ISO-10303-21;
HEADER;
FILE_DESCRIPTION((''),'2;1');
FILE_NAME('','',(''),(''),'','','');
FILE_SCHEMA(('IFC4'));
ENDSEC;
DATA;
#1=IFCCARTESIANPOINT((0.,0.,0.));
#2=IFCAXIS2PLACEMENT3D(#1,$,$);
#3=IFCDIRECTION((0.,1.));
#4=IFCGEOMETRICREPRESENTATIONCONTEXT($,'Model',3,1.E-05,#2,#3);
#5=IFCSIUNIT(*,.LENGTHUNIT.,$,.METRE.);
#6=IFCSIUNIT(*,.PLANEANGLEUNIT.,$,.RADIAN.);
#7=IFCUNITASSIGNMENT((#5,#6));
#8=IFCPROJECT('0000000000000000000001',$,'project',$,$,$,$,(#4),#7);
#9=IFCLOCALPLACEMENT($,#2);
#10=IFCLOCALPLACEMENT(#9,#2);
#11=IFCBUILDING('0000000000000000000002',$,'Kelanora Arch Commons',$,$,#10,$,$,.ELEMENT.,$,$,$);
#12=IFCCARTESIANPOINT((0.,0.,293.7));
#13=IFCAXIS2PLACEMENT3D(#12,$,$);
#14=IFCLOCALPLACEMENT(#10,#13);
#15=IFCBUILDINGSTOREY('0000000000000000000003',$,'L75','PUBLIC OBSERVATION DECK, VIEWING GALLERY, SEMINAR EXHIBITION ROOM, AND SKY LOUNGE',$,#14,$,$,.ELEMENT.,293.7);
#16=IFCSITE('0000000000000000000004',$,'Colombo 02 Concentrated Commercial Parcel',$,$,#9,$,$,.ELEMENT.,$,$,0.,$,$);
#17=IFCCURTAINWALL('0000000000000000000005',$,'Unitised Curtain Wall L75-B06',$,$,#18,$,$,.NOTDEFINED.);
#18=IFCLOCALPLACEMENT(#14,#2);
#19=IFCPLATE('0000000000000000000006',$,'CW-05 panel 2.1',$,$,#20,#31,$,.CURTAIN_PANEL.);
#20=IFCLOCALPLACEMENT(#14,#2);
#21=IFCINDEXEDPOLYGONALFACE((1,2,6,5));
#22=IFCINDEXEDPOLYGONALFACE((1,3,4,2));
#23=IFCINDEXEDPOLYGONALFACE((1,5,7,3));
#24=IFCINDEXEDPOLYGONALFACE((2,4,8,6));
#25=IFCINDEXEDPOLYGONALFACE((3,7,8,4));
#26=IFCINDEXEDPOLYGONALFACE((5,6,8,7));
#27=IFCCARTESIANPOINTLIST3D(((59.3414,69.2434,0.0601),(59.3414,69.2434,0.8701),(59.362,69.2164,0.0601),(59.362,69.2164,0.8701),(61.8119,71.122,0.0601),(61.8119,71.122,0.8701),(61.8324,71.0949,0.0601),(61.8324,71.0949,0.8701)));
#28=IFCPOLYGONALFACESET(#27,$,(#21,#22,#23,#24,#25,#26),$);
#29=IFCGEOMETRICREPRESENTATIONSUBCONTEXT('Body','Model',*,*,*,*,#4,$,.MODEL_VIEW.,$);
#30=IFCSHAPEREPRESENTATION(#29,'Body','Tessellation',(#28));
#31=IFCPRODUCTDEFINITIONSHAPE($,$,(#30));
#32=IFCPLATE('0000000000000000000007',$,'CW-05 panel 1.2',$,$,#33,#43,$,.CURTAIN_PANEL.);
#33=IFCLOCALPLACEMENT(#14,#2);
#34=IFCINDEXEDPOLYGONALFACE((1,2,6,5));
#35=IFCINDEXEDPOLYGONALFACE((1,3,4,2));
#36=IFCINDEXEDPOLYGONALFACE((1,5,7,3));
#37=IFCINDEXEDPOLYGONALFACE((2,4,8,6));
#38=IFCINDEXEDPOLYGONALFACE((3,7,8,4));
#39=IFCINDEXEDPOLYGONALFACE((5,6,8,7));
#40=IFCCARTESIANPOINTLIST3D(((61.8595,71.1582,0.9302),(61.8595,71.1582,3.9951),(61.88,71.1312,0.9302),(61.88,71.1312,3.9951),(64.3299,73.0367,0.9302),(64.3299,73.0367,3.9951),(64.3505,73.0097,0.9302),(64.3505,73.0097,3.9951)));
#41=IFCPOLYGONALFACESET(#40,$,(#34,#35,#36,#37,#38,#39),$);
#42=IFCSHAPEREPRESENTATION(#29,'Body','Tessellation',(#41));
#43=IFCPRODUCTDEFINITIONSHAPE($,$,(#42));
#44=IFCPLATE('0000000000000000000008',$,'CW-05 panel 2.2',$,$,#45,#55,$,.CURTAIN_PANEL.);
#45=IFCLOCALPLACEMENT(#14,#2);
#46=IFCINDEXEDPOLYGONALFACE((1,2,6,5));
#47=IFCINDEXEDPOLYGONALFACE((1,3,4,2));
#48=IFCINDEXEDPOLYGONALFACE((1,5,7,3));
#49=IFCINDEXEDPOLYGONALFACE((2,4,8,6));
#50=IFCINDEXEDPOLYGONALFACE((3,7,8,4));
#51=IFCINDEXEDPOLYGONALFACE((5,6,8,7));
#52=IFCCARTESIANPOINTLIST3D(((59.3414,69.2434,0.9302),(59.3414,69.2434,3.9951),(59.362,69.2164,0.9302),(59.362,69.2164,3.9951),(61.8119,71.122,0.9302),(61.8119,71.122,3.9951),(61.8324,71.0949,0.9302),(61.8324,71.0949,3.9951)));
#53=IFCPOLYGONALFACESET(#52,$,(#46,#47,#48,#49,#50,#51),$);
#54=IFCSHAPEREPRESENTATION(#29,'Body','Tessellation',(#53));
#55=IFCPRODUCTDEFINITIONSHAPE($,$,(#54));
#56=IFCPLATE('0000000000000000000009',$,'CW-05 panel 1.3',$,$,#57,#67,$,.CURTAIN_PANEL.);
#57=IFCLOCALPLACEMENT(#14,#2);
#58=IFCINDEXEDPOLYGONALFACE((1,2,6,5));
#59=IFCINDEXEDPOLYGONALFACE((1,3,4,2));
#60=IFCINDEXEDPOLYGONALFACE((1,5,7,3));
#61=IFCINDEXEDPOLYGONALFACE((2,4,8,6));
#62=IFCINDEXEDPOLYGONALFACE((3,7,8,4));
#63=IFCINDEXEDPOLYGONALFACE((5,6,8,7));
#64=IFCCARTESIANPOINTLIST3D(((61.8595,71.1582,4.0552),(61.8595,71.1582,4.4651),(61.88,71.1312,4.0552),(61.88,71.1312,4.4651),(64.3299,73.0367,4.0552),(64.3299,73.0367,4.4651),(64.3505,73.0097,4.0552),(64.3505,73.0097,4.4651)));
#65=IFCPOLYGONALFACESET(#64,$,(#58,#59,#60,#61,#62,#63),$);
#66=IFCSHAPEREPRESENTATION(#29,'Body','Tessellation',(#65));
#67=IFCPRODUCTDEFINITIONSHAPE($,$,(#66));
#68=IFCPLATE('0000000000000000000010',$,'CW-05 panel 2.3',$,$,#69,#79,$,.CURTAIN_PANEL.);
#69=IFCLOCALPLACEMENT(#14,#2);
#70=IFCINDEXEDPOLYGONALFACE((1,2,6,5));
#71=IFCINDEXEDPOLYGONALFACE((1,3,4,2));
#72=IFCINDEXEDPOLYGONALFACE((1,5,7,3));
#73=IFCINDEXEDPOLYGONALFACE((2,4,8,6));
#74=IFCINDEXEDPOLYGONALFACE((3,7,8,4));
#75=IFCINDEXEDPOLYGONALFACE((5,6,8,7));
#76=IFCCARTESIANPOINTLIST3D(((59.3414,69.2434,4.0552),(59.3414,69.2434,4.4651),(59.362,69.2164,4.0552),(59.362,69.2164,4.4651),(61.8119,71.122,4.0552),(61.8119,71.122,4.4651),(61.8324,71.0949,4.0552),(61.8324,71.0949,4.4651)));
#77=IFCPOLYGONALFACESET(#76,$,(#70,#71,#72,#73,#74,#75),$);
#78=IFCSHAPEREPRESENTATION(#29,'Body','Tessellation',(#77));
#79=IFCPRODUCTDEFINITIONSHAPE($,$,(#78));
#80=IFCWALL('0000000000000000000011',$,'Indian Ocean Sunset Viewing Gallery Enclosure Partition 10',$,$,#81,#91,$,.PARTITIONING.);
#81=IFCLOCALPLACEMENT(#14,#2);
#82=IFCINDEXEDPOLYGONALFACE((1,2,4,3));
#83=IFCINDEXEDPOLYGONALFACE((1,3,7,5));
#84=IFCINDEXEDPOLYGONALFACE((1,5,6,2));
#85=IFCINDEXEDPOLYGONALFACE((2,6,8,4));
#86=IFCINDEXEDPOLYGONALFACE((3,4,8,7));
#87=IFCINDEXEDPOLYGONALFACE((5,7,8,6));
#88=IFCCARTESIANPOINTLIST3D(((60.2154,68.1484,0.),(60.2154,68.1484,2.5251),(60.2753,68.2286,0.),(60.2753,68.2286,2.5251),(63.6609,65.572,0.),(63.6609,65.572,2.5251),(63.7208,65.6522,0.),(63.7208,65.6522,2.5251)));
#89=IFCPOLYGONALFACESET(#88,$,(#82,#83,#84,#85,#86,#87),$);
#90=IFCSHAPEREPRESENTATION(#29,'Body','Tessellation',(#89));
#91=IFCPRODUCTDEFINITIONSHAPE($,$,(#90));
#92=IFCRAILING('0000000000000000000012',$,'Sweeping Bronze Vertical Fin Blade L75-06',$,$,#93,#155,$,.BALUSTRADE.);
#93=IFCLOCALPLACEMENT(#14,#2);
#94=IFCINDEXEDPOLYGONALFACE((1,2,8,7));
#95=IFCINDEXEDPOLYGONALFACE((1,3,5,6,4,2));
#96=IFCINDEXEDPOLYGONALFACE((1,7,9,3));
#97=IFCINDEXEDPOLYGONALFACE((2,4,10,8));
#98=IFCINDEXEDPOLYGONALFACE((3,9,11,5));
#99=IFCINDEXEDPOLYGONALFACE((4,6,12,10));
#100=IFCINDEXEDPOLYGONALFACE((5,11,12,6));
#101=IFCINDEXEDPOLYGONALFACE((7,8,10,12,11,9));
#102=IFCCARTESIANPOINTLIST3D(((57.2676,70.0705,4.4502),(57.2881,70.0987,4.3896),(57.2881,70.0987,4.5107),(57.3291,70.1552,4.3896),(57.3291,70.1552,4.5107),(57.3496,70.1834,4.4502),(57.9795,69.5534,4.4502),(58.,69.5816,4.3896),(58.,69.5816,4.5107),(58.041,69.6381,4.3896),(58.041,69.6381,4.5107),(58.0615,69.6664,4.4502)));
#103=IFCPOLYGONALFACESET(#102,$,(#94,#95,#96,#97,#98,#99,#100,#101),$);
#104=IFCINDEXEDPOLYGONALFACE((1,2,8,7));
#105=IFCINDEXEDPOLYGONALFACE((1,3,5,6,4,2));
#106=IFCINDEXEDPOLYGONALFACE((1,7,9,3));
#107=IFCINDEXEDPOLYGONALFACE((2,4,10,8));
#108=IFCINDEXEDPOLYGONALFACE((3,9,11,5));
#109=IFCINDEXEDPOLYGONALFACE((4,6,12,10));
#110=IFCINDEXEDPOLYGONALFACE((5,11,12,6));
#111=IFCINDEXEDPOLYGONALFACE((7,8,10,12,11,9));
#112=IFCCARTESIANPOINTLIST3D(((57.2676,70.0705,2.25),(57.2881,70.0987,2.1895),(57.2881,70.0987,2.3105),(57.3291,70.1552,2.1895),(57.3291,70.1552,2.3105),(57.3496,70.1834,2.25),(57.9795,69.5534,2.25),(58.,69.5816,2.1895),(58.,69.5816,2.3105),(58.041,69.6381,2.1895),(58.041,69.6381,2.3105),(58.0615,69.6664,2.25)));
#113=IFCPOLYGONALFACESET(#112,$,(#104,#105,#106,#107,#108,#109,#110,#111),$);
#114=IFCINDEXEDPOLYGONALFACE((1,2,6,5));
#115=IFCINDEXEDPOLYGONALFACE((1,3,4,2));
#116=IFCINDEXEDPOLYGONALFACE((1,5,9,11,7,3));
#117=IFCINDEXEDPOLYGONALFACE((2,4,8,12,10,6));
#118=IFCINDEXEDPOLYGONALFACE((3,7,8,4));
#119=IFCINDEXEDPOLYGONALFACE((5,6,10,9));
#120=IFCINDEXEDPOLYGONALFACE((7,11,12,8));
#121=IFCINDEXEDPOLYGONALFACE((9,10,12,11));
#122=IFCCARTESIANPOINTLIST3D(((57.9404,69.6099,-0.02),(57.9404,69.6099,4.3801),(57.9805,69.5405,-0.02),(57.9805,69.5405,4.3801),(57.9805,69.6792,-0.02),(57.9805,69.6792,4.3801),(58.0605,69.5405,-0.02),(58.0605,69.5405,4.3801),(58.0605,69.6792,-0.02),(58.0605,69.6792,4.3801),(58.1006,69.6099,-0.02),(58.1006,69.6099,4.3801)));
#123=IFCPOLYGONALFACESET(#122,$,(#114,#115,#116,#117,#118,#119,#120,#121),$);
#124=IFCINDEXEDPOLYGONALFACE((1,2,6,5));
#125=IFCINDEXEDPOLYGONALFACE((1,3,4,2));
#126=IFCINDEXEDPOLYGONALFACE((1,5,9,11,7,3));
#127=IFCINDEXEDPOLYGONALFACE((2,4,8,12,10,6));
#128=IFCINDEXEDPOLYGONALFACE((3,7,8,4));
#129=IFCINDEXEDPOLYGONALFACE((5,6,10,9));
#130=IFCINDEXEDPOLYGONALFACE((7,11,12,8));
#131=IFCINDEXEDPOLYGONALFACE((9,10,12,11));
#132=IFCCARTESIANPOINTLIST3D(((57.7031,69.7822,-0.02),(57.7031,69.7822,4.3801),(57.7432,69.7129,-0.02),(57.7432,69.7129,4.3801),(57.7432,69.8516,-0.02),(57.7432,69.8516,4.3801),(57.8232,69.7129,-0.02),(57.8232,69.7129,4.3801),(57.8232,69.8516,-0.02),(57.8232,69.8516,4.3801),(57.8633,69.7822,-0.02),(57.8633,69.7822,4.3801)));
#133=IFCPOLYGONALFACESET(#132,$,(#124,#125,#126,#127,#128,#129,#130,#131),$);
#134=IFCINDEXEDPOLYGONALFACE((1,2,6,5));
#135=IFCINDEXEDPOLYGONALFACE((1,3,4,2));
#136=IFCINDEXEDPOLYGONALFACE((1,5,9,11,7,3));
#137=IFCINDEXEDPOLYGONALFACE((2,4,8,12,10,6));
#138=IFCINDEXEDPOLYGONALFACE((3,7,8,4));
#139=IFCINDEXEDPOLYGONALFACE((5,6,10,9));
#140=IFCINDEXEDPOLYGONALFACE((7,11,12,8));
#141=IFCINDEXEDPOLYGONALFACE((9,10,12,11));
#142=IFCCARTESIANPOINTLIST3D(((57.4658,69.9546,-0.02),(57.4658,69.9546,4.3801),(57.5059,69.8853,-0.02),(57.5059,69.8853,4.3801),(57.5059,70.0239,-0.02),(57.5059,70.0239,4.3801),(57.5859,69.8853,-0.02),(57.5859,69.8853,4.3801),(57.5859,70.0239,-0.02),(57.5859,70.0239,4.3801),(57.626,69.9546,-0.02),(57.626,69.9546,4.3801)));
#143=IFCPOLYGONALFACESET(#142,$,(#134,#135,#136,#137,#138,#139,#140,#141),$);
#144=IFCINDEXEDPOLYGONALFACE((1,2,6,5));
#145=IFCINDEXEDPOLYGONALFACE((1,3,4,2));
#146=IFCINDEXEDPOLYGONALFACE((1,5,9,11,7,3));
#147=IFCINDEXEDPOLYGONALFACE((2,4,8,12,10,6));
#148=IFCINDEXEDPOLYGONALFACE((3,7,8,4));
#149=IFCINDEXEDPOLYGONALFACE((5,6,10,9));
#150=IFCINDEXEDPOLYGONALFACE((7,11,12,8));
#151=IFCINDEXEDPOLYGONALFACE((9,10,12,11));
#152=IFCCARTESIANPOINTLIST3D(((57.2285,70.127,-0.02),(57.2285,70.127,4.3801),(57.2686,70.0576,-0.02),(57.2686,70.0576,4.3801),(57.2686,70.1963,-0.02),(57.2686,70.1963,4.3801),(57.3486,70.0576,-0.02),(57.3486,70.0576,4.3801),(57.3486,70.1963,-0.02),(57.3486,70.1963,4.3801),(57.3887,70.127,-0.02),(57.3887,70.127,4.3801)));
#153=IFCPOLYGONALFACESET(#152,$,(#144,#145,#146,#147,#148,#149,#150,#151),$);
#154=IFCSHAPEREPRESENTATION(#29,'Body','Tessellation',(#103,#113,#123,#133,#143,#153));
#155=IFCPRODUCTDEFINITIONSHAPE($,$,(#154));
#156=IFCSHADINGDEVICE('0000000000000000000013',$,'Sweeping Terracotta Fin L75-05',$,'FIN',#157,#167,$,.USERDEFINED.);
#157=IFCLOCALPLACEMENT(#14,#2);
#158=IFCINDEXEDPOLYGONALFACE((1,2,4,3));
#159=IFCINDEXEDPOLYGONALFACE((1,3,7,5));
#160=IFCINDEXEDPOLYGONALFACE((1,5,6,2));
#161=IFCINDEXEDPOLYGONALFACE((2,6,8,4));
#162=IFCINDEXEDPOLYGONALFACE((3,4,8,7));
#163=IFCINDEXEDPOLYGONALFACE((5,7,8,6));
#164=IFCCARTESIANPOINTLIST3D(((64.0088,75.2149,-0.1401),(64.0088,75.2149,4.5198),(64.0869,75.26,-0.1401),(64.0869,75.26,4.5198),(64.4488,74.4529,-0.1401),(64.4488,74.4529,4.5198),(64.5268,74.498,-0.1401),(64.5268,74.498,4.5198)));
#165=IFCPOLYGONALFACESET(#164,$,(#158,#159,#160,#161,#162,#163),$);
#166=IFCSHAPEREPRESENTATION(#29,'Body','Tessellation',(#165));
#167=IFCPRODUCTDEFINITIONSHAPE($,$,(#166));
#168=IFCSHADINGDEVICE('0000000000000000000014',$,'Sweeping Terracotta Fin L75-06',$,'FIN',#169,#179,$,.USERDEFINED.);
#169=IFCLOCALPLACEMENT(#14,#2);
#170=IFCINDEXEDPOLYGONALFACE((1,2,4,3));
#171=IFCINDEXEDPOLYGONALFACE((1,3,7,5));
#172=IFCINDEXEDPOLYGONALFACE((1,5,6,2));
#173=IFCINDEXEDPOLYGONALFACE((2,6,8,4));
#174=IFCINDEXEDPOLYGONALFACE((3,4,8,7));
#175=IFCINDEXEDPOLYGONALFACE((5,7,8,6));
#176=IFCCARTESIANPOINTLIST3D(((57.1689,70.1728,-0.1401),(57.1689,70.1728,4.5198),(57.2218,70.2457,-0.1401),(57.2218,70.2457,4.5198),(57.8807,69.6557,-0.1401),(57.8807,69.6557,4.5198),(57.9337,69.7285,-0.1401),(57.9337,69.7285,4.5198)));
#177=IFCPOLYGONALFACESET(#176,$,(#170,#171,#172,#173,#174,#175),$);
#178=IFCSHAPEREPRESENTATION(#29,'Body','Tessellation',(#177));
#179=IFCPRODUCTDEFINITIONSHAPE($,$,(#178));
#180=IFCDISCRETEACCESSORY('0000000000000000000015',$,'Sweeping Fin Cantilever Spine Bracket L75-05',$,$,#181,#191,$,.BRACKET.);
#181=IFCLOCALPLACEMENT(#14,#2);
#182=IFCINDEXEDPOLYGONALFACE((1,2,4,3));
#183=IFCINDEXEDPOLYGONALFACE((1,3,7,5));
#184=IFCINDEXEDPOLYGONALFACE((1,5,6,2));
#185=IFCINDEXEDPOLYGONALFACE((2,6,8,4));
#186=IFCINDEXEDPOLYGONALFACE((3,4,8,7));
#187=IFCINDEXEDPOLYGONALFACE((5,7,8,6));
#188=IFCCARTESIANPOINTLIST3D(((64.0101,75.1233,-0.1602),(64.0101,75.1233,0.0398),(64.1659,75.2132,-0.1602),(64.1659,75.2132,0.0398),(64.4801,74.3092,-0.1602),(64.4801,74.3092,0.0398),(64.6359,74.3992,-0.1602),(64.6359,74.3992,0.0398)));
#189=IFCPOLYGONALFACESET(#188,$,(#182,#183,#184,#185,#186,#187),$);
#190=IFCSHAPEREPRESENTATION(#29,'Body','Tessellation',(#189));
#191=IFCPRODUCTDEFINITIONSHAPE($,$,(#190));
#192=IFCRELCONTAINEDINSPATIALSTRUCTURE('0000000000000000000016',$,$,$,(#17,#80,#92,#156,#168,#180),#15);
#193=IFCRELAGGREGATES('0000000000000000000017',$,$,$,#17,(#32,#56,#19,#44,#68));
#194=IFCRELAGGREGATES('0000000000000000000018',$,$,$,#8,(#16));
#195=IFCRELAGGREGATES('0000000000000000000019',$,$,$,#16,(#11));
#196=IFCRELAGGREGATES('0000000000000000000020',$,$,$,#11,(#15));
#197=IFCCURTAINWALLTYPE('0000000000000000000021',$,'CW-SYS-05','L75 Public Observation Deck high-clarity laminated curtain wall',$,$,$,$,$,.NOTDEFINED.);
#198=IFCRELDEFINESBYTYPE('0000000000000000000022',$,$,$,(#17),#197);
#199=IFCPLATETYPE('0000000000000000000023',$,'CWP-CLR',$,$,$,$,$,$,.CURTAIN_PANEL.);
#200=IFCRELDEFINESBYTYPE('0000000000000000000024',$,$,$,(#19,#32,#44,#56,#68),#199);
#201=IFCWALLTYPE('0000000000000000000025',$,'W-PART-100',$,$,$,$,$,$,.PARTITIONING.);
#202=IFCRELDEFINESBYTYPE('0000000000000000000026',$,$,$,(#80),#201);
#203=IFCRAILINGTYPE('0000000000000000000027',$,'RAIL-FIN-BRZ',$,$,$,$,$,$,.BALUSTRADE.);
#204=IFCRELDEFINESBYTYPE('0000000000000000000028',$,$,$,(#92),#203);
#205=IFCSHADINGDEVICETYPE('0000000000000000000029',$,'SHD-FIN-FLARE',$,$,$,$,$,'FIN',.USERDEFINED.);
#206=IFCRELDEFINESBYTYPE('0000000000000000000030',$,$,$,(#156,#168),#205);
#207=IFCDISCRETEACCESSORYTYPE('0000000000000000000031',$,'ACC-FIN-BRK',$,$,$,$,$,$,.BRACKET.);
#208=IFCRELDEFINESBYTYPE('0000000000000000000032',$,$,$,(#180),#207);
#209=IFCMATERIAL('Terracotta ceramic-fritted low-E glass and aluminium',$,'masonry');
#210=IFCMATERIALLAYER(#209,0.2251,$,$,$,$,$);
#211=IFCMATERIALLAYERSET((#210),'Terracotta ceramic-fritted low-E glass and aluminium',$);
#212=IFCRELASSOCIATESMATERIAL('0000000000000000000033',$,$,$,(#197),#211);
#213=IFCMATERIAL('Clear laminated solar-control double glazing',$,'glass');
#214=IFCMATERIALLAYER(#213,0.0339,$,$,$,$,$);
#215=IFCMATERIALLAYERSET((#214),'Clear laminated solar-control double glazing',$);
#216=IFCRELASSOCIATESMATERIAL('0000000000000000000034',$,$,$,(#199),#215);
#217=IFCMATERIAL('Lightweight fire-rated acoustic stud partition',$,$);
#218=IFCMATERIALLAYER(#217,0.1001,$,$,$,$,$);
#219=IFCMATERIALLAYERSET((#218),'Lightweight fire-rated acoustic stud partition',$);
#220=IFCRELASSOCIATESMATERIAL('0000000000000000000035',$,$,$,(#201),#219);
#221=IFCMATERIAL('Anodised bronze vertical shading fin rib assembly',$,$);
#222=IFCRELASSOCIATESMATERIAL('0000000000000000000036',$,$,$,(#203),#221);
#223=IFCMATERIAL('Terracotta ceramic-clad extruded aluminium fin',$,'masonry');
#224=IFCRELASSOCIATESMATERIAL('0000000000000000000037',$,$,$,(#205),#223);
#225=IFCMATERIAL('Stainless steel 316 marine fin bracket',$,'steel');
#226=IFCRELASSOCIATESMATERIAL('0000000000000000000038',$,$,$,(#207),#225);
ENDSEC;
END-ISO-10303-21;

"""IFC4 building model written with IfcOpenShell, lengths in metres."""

from ifc_helpers import new_model, si_unit, direction, frame, frame_2d, origin, origin_2d, place, context, subcontext, project, spatial, polyline, rectangle, outline, extrude, source, transform, mapped, material, layer, layer_set, type_object, element, aggregate, save


model = new_model("IFC4")

# Units and contexts
model_context = context("Model", 3, precision=1e-05, world=origin(), true_north=direction((0.0, 1.0)))
body_context = subcontext(model_context, "Body", "Model", "MODEL_VIEW")
ifc_project = project(units=[si_unit("LENGTHUNIT", "METRE"), si_unit("PLANEANGLEUNIT", "RADIAN")], contexts=[model_context])

# Site, building, storey
site_placement = place(None, origin())
site = spatial("IfcSite", under=ifc_project, at=site_placement, Name="Colombo 02 Concentrated Commercial Parcel", CompositionType="ELEMENT", RefElevation=0.0)
building_placement = place(site_placement, origin())
building = spatial("IfcBuilding", under=site, at=building_placement, Name="Kelanora Arch Commons", CompositionType="ELEMENT")
storey_placement = place(building_placement, frame((0.0, 0.0, 293.7)))
storey = spatial("IfcBuildingStorey", under=building, at=storey_placement, Name="L75", Description="PUBLIC OBSERVATION DECK, VIEWING GALLERY, SEMINAR EXHIBITION ROOM, AND SKY LOUNGE", CompositionType="ELEMENT", Elevation=293.7)

# Curtain wall
ifc_material_1 = material(Name="Terracotta ceramic-fritted low-E glass and aluminium", Category="masonry")
ifc_layer_1 = layer(ifc_material_1, 0.2251)
ifc_layer_set_1 = layer_set([ifc_layer_1], Name="Terracotta ceramic-fritted low-E glass and aluminium")
curtain_wall_type = type_object("IfcCurtainWallType", Name="CW-SYS-05", Description="L75 Public Observation Deck high-clarity laminated curtain wall", PredefinedType="NOTDEFINED", material=ifc_layer_set_1)
curtain_wall_1_placement = place(storey_placement, origin())
curtain_wall_1 = element("IfcCurtainWall", 1, at=curtain_wall_1_placement, inside=storey, type_object=curtain_wall_type, Name="Unitised Curtain Wall L75-B06", PredefinedType="NOTDEFINED")

# Plates
ifc_material_2 = material(Name="Clear laminated solar-control double glazing", Category="glass")
ifc_layer_2 = layer(ifc_material_2, 0.0339)
ifc_layer_set_2 = layer_set([ifc_layer_2], Name="Clear laminated solar-control double glazing")
plate_type = type_object("IfcPlateType", Name="CWP-CLR", PredefinedType="CURTAIN_PANEL", material=ifc_layer_set_2)
shared_shape_1 = source(origin(), body_context, "Body", "SweptSolid", [
    extrude(rectangle(XDim=3.1035, YDim=0.0339, at=origin_2d()), origin(), (0.0, 0.0, 1.0), 0.8101),
])
plate_1_placement = place(storey_placement, frame((60.5869, 70.1692, 0.0601), z_axis=(0.0, 0.0, 1.0), x_axis=(-0.796009, -0.605285, 0.0)))
plate_1 = element("IfcPlate", 2, at=plate_1_placement, type_object=plate_type, Name="CW-05 panel 2.1", PredefinedType="CURTAIN_PANEL", context=body_context, shape_type="MappedRepresentation", body=[
    mapped(shared_shape_1, transform((0.0, 0.0, 0.0), scale=1.0)),
])
shared_shape_2 = source(origin(), body_context, "Body", "SweptSolid", [
    extrude(rectangle(XDim=3.1035, YDim=0.0339, at=origin_2d()), origin(), (0.0, 0.0, 1.0), 3.0649),
])
plate_2_placement = place(storey_placement, frame((63.105, 72.084, 0.9302), z_axis=(0.0, 0.0, 1.0), x_axis=(-0.796009, -0.605285, 0.0)))
plate_2 = element("IfcPlate", 3, at=plate_2_placement, type_object=plate_type, Name="CW-05 panel 1.2", PredefinedType="CURTAIN_PANEL", context=body_context, shape_type="MappedRepresentation", body=[
    mapped(shared_shape_2, transform((0.0, 0.0, 0.0), scale=1.0)),
])
plate_3_placement = place(storey_placement, frame((60.5869, 70.1692, 0.9302), z_axis=(0.0, 0.0, 1.0), x_axis=(-0.796009, -0.605285, 0.0)))
plate_3 = element("IfcPlate", 4, at=plate_3_placement, type_object=plate_type, Name="CW-05 panel 2.2", PredefinedType="CURTAIN_PANEL", context=body_context, shape_type="MappedRepresentation", body=[
    mapped(shared_shape_2, transform((0.0, 0.0, 0.0), scale=1.0)),
])
shared_shape_3 = source(origin(), body_context, "Body", "SweptSolid", [
    extrude(rectangle(XDim=3.1035, YDim=0.0339, at=origin_2d()), origin(), (0.0, 0.0, 1.0), 0.4099),
])
plate_4_placement = place(storey_placement, frame((63.105, 72.084, 4.0552), z_axis=(0.0, 0.0, 1.0), x_axis=(-0.796009, -0.605285, 0.0)))
plate_4 = element("IfcPlate", 5, at=plate_4_placement, type_object=plate_type, Name="CW-05 panel 1.3", PredefinedType="CURTAIN_PANEL", context=body_context, shape_type="MappedRepresentation", body=[
    mapped(shared_shape_3, transform((0.0, 0.0, 0.0), scale=1.0)),
])
plate_5_placement = place(storey_placement, frame((60.5869, 70.1692, 4.0552), z_axis=(0.0, 0.0, 1.0), x_axis=(-0.796009, -0.605285, 0.0)))
plate_5 = element("IfcPlate", 6, at=plate_5_placement, type_object=plate_type, Name="CW-05 panel 2.3", PredefinedType="CURTAIN_PANEL", context=body_context, shape_type="MappedRepresentation", body=[
    mapped(shared_shape_3, transform((0.0, 0.0, 0.0), scale=1.0)),
])
aggregate(curtain_wall_1, [plate_2, plate_4, plate_1, plate_3, plate_5])

# Wall
ifc_material_3 = material(Name="Lightweight fire-rated acoustic stud partition")
ifc_layer_3 = layer(ifc_material_3, 0.1001)
ifc_layer_set_3 = layer_set([ifc_layer_3], Name="Lightweight fire-rated acoustic stud partition")
wall_type = type_object("IfcWallType", Name="W-PART-100", PredefinedType="PARTITIONING", material=ifc_layer_set_3)
wall_placement = place(storey_placement, frame((60.2454, 68.1885, 0.0), z_axis=(0.0, 0.0, 1.0), x_axis=(0.800864, -0.598846, 0.0)))
element("IfcWall", 7, at=wall_placement, inside=storey, type_object=wall_type, Name="Indian Ocean Sunset Viewing Gallery Enclosure Partition 10", PredefinedType="PARTITIONING", context=body_context, shape_type="SweptSolid", body=[
    extrude(rectangle(XDim=4.3022, YDim=0.1001, at=frame_2d((2.1511, 0.0))), origin(), (0.0, 0.0, 1.0), 2.5251),
])

# Railing
ifc_material_4 = material(Name="Anodised bronze vertical shading fin rib assembly")
railing_type = type_object("IfcRailingType", Name="RAIL-FIN-BRZ", PredefinedType="BALUSTRADE", material=ifc_material_4)
railing_placement = place(storey_placement, frame((58.0205, 69.6099, -0.02)))
element("IfcRailing", 8, at=railing_placement, inside=storey, type_object=railing_type, Name="Sweeping Bronze Vertical Fin Blade L75-06", PredefinedType="BALUSTRADE", context=body_context, shape_type="SweptSolid", body=[
    extrude(outline(polyline([(0.0698, 0.0), (0.0349, 0.0605), (-0.0349, 0.0605), (-0.0698, 0.0), (-0.0349, -0.0605), (0.0349, -0.0605), (0.0698, 0.0)])), frame((0.0, 0.0, 4.4702), z_axis=(-0.809096, 0.587677, 0.0), x_axis=(-0.587677, -0.809096, 0.0)), (0.0, 0.0, 1.0), 0.8799),
    extrude(outline(polyline([(0.0698, 0.0), (0.0349, 0.0605), (-0.0349, 0.0605), (-0.0698, 0.0), (-0.0349, -0.0605), (0.0349, -0.0605), (0.0698, 0.0)])), frame((0.0, 0.0, 2.27), z_axis=(-0.809096, 0.587677, 0.0), x_axis=(-0.587677, -0.809096, 0.0)), (0.0, 0.0, 1.0), 0.8799),
    extrude(outline(polyline([(0.0801, 0.0), (0.04, 0.0693), (-0.04, 0.0693), (-0.0801, 0.0), (-0.04, -0.0693), (0.04, -0.0693), (0.0801, 0.0)])), origin(), (0.0, 0.0, 1.0), 4.4001),
    extrude(outline(polyline([(0.0801, 0.0), (0.04, 0.0693), (-0.04, 0.0693), (-0.0801, 0.0), (-0.04, -0.0693), (0.04, -0.0693), (0.0801, 0.0)])), frame((-0.2373, 0.1724, 0.0)), (0.0, 0.0, 1.0), 4.4001),
    extrude(outline(polyline([(0.0801, 0.0), (0.04, 0.0693), (-0.04, 0.0693), (-0.0801, 0.0), (-0.04, -0.0693), (0.04, -0.0693), (0.0801, 0.0)])), frame((-0.4746, 0.3447, 0.0)), (0.0, 0.0, 1.0), 4.4001),
    extrude(outline(polyline([(0.0801, 0.0), (0.04, 0.0693), (-0.04, 0.0693), (-0.0801, 0.0), (-0.04, -0.0693), (0.04, -0.0693), (0.0801, 0.0)])), frame((-0.7119, 0.5171, 0.0)), (0.0, 0.0, 1.0), 4.4001),
])

# Shading devices
ifc_material_5 = material(Name="Terracotta ceramic-clad extruded aluminium fin", Category="masonry")
shading_device_type = type_object("IfcShadingDeviceType", Name="SHD-FIN-FLARE", ElementType="FIN", PredefinedType="USERDEFINED", material=ifc_material_5)
shared_shape_4 = source(origin(), body_context, "Body", "SweptSolid", [
    extrude(rectangle(XDim=0.8799, YDim=0.0901, at=origin_2d()), origin(), (0.0, 0.0, 1.0), 4.6599),
])
for number, where, z_axis, x_axis, name in (
    (9, (64.2678, 74.8564, -0.1401), (0.0, 0.0, 1.0), (-0.5, 0.866025, 0.0), "Sweeping Terracotta Fin L75-05"),
    (10, (57.5513, 69.9507, -0.1401), (0.0, 0.0, 1.0), (-0.809017, 0.587785, 0.0), "Sweeping Terracotta Fin L75-06"),
):
    element("IfcShadingDevice", number, at=place(storey_placement, frame(where, z_axis=z_axis, x_axis=x_axis)), inside=storey, type_object=shading_device_type, Name=name, ObjectType="FIN", PredefinedType="USERDEFINED", context=body_context, shape_type="MappedRepresentation", body=[
        mapped(shared_shape_4, transform((0.0, 0.0, 0.0), scale=1.0)),
    ])

# Discrete accessory
ifc_material_6 = material(Name="Stainless steel 316 marine fin bracket", Category="steel")
discrete_accessory_type = type_object("IfcDiscreteAccessoryType", Name="ACC-FIN-BRK", PredefinedType="BRACKET", material=ifc_material_6)
shared_shape_5 = source(origin(), body_context, "Body", "SweptSolid", [
    extrude(rectangle(XDim=0.9399, YDim=0.1799, at=origin_2d()), origin(), (0.0, 0.0, 1.0), 0.2),
])
for number, where, z_axis, x_axis, name in (
    (11, (64.323, 74.7612, -0.1602), (0.0, 0.0, 1.0), (-0.5, 0.866025, 0.0), "Sweeping Fin Cantilever Spine Bracket L75-05"),
):
    element("IfcDiscreteAccessory", number, at=place(storey_placement, frame(where, z_axis=z_axis, x_axis=x_axis)), inside=storey, type_object=discrete_accessory_type, Name=name, PredefinedType="BRACKET", context=body_context, shape_type="MappedRepresentation", body=[
        mapped(shared_shape_5, transform((0.0, 0.0, 0.0), scale=1.0)),
    ])

save(model, "model.ifc")
